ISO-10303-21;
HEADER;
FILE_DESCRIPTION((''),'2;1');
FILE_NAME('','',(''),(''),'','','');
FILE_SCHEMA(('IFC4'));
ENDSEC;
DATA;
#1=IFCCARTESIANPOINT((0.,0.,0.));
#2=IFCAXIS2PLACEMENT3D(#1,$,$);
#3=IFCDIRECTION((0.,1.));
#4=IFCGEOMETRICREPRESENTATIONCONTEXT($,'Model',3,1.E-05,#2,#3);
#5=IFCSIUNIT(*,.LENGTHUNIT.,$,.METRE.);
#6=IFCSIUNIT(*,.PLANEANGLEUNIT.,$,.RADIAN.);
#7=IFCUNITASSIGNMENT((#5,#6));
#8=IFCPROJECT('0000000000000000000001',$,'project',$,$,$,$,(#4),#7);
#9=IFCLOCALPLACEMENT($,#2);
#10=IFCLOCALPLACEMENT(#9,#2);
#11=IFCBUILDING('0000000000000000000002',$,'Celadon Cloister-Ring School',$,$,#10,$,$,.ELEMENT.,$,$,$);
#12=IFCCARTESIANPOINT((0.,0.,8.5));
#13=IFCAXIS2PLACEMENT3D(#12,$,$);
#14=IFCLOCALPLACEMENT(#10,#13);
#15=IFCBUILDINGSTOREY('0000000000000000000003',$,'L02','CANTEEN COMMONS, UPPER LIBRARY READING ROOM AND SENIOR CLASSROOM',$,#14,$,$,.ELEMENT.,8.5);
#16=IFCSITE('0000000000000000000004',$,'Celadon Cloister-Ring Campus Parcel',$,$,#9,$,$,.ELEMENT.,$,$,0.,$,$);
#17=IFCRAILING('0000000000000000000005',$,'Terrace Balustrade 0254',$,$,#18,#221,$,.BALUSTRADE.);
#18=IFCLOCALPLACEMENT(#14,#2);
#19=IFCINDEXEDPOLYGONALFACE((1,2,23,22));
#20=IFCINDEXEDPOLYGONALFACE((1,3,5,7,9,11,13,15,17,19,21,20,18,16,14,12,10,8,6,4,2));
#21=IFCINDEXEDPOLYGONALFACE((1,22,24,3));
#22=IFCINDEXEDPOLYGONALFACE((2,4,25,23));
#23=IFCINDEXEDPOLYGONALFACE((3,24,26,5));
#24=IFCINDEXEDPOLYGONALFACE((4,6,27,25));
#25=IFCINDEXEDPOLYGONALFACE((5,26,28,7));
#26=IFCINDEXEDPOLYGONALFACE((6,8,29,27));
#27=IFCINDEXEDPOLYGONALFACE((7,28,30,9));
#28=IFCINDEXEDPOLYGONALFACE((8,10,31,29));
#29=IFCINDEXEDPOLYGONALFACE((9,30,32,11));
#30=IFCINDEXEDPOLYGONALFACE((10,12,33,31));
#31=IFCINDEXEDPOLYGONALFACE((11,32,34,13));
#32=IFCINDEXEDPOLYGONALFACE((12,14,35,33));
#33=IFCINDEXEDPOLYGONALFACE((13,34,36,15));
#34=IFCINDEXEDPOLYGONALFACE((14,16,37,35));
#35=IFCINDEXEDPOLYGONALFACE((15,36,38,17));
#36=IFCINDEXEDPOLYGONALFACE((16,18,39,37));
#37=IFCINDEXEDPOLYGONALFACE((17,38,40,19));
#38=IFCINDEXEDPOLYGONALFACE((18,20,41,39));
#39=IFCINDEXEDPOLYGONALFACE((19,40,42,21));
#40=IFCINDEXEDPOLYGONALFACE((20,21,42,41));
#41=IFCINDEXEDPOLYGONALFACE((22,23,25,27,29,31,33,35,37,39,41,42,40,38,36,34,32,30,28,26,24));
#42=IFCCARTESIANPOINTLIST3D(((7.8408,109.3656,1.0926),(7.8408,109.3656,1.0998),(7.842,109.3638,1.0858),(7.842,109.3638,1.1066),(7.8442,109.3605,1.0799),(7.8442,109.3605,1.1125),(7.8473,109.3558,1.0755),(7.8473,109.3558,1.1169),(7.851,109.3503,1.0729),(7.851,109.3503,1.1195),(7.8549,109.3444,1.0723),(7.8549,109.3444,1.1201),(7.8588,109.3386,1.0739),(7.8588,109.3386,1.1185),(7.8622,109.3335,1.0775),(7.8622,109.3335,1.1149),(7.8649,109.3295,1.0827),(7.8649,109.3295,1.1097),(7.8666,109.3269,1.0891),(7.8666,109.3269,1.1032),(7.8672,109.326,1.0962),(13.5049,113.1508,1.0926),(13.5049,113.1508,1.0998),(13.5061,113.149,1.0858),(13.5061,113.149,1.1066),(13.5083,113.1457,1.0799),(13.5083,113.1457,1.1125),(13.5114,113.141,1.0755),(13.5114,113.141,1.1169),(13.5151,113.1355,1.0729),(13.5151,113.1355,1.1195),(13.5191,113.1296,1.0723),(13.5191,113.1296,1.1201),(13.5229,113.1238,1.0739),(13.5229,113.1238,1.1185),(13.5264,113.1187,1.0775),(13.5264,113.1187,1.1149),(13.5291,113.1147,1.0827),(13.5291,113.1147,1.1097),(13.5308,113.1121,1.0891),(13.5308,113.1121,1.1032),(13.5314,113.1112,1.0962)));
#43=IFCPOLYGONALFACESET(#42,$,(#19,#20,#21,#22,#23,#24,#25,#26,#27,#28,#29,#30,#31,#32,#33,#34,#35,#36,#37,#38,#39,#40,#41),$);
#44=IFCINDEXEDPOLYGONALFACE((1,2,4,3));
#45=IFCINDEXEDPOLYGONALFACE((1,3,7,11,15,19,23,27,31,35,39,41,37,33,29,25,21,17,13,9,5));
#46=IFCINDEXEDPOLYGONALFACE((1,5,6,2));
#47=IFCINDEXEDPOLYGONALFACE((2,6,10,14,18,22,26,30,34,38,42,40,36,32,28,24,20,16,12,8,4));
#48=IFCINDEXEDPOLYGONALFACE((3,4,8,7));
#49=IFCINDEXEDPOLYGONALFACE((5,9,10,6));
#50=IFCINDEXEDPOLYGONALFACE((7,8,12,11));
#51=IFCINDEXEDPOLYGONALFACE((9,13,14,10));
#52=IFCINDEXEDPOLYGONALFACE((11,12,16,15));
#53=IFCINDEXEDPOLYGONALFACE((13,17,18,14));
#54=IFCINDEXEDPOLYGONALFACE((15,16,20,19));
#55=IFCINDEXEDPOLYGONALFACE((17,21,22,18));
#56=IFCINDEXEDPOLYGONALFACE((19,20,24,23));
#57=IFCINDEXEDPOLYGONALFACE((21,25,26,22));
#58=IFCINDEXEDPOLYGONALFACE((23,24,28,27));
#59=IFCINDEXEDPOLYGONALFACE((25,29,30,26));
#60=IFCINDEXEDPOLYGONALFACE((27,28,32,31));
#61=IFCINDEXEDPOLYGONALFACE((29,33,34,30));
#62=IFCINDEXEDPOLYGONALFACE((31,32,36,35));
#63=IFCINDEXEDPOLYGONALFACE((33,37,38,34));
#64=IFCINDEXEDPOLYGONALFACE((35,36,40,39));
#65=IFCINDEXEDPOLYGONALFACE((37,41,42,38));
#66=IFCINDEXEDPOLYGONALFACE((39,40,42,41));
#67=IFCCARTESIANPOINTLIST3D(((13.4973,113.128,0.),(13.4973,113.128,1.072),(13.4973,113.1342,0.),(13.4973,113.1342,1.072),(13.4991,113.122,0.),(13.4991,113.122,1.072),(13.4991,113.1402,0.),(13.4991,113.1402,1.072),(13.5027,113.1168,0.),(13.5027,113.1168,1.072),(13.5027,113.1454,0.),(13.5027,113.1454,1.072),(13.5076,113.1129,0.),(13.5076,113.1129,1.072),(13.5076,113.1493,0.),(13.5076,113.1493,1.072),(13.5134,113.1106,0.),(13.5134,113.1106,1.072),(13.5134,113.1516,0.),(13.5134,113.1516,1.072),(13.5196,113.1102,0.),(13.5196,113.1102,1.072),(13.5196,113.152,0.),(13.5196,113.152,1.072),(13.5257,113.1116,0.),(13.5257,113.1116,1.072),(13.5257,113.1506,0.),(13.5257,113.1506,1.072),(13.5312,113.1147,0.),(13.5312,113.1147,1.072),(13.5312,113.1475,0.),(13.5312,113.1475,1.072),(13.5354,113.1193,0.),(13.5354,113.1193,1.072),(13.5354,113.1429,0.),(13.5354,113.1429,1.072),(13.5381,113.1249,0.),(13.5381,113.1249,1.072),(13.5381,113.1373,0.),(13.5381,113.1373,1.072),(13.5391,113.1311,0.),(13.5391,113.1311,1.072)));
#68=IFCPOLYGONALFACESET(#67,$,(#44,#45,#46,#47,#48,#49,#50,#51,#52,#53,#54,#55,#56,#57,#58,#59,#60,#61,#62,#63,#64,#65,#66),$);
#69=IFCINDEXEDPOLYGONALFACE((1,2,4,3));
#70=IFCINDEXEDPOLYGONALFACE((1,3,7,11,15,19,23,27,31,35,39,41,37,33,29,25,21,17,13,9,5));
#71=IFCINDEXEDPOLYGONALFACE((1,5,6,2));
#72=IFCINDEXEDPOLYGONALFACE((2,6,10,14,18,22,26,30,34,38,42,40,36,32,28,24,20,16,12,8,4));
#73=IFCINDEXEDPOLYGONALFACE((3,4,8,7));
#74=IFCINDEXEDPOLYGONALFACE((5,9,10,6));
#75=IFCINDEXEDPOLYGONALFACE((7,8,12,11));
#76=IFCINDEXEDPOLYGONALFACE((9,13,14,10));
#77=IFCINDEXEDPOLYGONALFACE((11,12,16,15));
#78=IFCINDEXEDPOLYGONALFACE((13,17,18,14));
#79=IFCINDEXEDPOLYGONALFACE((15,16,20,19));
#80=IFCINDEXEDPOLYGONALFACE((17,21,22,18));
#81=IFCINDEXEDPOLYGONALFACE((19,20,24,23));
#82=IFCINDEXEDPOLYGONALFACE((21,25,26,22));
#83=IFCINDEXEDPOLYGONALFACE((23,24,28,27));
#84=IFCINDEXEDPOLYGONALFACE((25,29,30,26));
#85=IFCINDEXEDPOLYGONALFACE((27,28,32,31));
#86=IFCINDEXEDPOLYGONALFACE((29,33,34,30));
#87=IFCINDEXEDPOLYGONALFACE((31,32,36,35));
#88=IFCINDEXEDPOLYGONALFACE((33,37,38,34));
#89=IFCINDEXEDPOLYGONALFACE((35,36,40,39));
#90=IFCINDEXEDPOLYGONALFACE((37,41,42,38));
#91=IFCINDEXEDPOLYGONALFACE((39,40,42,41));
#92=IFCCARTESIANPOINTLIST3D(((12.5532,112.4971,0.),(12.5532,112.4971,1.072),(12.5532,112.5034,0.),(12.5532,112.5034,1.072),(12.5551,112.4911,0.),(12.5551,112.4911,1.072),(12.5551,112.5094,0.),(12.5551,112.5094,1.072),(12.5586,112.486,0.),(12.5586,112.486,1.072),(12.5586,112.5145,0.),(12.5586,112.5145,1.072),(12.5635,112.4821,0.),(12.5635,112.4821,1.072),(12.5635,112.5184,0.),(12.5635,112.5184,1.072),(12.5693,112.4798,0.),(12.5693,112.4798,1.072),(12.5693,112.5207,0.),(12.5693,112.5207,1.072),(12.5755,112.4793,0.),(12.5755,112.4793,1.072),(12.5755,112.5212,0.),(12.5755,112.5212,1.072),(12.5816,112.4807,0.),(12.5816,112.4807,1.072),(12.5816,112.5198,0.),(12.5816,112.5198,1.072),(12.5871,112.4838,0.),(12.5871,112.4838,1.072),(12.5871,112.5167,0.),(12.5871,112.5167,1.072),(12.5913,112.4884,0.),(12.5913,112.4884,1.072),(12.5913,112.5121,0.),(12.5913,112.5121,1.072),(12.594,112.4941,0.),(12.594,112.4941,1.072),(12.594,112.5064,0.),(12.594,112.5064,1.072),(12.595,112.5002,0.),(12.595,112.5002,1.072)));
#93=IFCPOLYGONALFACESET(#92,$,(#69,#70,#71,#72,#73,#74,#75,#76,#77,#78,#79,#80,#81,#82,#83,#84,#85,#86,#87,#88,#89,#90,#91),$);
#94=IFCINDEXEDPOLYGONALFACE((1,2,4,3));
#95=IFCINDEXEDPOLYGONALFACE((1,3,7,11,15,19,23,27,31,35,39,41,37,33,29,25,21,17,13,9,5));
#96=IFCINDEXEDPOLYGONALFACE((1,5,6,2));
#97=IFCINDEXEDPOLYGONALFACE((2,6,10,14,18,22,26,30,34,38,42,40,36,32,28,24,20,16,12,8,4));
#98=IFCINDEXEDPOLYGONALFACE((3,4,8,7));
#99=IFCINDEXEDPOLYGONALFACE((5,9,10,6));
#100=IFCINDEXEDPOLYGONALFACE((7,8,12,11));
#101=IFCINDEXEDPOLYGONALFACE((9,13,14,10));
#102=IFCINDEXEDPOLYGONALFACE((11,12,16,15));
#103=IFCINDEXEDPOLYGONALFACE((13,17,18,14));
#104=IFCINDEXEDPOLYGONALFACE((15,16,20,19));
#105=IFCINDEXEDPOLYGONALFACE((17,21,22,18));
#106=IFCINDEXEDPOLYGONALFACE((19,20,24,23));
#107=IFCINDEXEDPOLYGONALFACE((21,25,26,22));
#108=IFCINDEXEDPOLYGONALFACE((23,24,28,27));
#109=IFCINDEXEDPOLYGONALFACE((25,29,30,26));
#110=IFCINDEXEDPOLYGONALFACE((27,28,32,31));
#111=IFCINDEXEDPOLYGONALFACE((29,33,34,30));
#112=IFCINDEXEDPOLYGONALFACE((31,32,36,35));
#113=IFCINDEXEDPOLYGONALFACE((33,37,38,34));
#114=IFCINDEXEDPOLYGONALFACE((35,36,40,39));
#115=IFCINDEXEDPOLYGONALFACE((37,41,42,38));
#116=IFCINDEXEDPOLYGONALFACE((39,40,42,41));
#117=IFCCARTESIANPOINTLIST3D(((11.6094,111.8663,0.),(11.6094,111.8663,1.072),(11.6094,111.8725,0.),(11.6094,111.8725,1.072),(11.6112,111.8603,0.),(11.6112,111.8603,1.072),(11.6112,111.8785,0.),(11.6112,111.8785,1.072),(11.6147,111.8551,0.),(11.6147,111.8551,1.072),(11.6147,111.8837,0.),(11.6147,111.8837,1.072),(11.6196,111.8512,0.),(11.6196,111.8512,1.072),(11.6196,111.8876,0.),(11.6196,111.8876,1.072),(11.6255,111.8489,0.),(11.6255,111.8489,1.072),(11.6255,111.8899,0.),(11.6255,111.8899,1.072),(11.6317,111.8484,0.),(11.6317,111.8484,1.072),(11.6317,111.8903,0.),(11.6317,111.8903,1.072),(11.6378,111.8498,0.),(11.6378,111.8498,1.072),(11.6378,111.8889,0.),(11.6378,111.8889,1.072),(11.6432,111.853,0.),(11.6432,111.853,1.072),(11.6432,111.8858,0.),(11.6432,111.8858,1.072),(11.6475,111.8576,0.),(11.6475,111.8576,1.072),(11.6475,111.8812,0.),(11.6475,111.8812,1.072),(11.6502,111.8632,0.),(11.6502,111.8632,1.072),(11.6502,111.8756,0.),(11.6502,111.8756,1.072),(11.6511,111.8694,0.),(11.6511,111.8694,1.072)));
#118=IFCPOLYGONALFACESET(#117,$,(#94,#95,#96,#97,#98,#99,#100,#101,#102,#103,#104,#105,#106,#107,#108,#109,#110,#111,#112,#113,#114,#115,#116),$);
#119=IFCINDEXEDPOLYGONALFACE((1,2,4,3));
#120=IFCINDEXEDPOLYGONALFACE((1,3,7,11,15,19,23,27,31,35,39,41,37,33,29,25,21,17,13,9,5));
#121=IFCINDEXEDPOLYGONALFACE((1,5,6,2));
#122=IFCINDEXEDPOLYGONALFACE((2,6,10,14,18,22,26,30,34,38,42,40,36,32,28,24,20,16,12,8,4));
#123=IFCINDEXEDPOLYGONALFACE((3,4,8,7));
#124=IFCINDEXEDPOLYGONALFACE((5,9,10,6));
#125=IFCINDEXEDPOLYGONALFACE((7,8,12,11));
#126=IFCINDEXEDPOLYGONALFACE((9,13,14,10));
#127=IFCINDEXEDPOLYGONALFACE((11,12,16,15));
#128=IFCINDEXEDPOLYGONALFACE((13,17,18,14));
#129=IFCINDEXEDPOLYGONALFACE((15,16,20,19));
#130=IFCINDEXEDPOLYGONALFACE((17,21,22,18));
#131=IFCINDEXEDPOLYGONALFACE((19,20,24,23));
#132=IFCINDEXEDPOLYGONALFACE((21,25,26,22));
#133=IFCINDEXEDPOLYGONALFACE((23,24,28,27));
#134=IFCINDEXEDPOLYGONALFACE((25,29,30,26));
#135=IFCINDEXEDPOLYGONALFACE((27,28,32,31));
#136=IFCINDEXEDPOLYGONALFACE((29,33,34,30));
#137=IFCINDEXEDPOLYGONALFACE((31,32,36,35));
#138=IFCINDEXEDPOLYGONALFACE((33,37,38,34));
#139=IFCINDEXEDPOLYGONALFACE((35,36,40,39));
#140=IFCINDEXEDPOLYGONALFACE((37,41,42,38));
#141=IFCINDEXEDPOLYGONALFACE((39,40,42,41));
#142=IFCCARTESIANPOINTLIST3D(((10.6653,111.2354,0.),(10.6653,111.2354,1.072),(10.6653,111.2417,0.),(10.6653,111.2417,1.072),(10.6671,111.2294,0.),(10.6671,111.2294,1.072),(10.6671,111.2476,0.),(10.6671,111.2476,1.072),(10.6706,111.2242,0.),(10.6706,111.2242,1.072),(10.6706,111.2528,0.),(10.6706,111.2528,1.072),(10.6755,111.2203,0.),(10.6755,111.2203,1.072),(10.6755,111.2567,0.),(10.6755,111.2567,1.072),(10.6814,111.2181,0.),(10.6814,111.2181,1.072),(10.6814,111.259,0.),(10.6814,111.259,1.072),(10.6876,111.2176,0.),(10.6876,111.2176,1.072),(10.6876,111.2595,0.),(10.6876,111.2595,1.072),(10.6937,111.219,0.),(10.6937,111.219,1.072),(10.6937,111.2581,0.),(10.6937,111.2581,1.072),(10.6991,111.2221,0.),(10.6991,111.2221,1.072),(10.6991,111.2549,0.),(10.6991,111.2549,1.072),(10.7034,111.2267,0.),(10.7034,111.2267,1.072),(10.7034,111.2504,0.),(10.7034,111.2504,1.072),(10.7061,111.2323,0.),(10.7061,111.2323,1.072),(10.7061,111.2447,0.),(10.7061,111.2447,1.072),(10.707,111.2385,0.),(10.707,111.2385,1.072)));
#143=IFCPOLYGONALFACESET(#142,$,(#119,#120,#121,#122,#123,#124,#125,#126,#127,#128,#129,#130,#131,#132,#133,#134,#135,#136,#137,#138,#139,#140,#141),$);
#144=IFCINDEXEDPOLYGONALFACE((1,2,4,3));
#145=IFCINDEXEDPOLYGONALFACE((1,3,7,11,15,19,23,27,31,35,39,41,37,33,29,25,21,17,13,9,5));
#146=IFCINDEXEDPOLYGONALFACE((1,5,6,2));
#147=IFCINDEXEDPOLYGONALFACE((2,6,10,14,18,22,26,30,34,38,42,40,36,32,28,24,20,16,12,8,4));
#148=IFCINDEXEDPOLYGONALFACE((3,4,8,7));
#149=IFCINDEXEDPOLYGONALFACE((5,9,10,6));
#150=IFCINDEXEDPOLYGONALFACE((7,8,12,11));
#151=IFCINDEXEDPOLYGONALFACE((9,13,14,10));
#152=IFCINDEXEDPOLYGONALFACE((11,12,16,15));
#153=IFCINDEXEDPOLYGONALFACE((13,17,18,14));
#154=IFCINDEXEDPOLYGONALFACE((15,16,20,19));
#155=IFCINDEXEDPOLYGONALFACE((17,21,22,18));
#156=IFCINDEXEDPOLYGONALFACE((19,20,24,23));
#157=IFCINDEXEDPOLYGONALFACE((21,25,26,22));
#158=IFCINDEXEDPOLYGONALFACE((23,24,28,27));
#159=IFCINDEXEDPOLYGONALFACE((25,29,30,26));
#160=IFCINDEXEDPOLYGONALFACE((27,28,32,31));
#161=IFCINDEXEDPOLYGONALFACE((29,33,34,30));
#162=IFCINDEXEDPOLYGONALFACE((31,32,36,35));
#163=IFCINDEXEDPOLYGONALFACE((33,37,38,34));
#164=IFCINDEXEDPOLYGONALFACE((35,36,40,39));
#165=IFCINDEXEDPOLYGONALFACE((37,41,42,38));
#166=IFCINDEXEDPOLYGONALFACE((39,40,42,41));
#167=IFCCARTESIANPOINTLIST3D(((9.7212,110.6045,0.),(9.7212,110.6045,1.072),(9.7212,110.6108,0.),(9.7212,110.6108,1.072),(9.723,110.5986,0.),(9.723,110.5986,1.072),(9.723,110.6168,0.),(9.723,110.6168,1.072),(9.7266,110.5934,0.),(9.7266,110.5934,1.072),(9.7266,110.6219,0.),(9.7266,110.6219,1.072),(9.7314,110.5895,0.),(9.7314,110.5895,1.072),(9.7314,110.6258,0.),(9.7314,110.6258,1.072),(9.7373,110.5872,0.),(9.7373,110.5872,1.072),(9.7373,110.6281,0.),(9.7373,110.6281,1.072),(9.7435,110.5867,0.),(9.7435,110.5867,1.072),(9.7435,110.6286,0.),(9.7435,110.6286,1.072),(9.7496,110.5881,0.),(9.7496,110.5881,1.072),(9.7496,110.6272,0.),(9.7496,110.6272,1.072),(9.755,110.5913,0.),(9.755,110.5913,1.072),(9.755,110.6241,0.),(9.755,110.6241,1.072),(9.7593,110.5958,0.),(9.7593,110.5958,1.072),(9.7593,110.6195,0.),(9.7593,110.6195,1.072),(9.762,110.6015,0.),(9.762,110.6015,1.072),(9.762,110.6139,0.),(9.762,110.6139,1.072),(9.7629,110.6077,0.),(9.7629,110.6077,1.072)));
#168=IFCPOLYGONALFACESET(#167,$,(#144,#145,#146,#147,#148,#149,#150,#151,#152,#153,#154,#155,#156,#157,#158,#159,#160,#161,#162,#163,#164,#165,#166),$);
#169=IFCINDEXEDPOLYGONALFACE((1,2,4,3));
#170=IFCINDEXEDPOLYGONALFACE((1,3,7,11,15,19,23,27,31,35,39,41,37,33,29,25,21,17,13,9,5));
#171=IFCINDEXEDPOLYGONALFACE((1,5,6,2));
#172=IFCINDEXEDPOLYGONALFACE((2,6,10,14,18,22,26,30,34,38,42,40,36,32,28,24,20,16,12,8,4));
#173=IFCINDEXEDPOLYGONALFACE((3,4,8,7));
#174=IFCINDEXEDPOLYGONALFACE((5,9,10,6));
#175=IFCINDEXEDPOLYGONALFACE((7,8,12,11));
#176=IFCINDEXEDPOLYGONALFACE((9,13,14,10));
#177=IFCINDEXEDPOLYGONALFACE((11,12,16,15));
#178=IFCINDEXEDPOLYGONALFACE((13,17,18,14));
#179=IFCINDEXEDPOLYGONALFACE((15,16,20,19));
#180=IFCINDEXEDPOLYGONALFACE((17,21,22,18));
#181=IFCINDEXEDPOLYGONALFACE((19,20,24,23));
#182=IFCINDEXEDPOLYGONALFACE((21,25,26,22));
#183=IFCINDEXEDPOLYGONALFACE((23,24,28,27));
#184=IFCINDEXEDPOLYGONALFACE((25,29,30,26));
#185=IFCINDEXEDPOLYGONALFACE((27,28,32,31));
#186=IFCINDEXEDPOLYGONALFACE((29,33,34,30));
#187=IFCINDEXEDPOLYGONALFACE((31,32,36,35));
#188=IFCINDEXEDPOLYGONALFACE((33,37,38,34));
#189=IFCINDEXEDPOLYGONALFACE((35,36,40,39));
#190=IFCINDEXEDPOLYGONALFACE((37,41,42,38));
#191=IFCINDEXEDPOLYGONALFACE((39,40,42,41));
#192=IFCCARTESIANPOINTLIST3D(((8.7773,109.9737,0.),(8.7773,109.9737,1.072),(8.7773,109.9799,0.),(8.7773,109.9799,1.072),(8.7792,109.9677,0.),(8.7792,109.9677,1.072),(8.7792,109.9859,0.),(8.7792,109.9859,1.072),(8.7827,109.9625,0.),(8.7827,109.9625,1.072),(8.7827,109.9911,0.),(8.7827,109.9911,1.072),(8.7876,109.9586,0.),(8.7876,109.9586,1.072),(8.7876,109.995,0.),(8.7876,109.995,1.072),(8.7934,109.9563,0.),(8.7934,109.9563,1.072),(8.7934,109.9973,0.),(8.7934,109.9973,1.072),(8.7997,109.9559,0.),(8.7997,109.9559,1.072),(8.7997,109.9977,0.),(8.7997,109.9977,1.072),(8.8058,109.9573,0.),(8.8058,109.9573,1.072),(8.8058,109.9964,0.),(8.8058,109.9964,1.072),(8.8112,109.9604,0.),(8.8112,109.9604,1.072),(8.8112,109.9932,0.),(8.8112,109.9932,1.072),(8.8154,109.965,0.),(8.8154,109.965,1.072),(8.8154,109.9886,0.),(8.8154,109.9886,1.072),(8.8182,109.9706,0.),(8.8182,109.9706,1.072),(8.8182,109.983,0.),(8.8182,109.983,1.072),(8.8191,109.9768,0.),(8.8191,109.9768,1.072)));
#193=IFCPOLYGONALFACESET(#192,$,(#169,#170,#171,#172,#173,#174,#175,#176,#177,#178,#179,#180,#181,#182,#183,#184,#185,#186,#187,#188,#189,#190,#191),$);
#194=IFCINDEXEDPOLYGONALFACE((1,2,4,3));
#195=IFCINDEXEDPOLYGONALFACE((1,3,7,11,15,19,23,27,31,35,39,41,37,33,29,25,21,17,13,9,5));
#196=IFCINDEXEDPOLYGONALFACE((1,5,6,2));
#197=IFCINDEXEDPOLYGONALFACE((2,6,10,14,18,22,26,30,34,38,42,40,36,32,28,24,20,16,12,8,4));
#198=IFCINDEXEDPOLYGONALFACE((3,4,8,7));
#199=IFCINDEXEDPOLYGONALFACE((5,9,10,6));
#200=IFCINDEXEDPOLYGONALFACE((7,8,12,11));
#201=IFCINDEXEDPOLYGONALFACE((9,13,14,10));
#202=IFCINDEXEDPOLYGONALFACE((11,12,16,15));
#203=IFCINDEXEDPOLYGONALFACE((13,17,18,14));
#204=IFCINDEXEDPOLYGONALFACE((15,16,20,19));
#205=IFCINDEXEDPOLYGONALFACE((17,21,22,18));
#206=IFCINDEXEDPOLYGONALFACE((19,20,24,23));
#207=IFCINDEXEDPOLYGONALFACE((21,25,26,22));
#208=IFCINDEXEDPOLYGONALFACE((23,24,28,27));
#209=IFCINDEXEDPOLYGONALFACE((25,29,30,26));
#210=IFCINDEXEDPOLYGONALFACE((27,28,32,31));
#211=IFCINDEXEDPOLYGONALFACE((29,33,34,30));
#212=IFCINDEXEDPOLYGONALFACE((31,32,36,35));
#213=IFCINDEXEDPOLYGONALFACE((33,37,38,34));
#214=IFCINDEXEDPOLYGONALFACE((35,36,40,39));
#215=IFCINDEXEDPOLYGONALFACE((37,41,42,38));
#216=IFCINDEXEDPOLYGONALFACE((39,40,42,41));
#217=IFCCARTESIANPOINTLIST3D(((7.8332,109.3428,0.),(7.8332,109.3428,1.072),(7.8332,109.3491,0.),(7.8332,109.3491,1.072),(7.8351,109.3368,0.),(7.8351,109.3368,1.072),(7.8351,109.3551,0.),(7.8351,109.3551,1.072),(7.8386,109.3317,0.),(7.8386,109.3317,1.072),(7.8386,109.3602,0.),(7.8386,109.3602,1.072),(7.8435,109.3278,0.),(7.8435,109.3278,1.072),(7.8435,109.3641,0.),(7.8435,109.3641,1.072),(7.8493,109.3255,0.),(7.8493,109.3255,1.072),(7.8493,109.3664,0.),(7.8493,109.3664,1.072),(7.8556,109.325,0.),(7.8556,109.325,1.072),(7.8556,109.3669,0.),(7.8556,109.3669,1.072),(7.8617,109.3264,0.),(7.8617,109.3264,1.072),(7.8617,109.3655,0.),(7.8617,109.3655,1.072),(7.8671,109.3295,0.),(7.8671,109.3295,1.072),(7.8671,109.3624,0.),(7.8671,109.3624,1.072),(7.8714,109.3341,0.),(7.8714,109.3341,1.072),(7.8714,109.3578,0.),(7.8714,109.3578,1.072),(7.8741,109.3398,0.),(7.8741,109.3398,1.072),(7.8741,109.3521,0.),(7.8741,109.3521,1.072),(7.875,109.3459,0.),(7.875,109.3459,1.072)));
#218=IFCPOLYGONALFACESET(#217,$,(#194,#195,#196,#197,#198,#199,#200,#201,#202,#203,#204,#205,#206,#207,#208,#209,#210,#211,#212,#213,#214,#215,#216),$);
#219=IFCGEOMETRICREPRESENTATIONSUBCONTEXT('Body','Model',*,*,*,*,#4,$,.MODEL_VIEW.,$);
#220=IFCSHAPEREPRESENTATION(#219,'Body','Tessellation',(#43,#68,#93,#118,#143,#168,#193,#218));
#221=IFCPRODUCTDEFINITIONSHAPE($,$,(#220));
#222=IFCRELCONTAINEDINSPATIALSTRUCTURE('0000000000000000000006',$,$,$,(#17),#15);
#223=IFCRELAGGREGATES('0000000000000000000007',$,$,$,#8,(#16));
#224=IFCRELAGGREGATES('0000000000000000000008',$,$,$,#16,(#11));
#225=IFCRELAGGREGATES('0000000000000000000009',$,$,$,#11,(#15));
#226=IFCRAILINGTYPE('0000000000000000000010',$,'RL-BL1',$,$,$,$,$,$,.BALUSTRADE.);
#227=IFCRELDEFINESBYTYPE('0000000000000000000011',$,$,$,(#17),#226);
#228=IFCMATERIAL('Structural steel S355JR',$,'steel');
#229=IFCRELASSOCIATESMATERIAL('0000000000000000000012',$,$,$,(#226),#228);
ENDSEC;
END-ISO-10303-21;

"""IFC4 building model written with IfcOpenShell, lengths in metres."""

from ifc_helpers import new_model, si_unit, direction, frame, origin, origin_2d, place, context, subcontext, project, spatial, circle, extrude, material, type_object, element, save


model = new_model("IFC4")

# Units and contexts
model_context = context("Model", 3, precision=1e-05, world=origin(), true_north=direction((0.0, 1.0)))
body_context = subcontext(model_context, "Body", "Model", "MODEL_VIEW")
ifc_project = project(units=[si_unit("LENGTHUNIT", "METRE"), si_unit("PLANEANGLEUNIT", "RADIAN")], contexts=[model_context])

# Site, building, storey
site_placement = place(None, origin())
site = spatial("IfcSite", under=ifc_project, at=site_placement, Name="Celadon Cloister-Ring Campus Parcel", CompositionType="ELEMENT", RefElevation=0.0)
building_placement = place(site_placement, origin())
building = spatial("IfcBuilding", under=site, at=building_placement, Name="Celadon Cloister-Ring School", CompositionType="ELEMENT")
storey_placement = place(building_placement, frame((0.0, 0.0, 8.5)))
storey = spatial("IfcBuildingStorey", under=building, at=storey_placement, Name="L02", Description="CANTEEN COMMONS, UPPER LIBRARY READING ROOM AND SENIOR CLASSROOM", CompositionType="ELEMENT", Elevation=8.5)

# Railing
ifc_material_1 = material(Name="Structural steel S355JR", Category="steel")
railing_type = type_object("IfcRailingType", Name="RL-BL1", PredefinedType="BALUSTRADE", material=ifc_material_1)
railing_1_placement = place(storey_placement, frame((13.5181, 113.1311, 0.0)))
element("IfcRailing", 1, at=railing_1_placement, inside=storey, type_object=railing_type, Name="Terrace Balustrade 0254", PredefinedType="BALUSTRADE", context=body_context, shape_type="SweptSolid", body=[
    extrude(circle(Radius=0.0239, at=origin_2d()), frame((0.0, 0.0, 1.0962), z_axis=(-0.831432, -0.555626, 0.0), x_axis=(0.555626, -0.831432, 0.0)), (0.0, 0.0, 1.0), 6.8125),
    extrude(circle(Radius=0.021, at=origin_2d()), origin(), (0.0, 0.0, 1.0), 1.072),
    extrude(circle(Radius=0.021, at=origin_2d()), frame((-0.9441, -0.6309, 0.0)), (0.0, 0.0, 1.0), 1.072),
    extrude(circle(Radius=0.021, at=origin_2d()), frame((-1.8879, -1.2617, 0.0)), (0.0, 0.0, 1.0), 1.072),
    extrude(circle(Radius=0.021, at=origin_2d()), frame((-2.832, -1.8926, 0.0)), (0.0, 0.0, 1.0), 1.072),
    extrude(circle(Radius=0.021, at=origin_2d()), frame((-3.7761, -2.5234, 0.0)), (0.0, 0.0, 1.0), 1.072),
    extrude(circle(Radius=0.021, at=origin_2d()), frame((-4.72, -3.1543, 0.0)), (0.0, 0.0, 1.0), 1.072),
    extrude(circle(Radius=0.021, at=origin_2d()), frame((-5.6641, -3.7852, 0.0)), (0.0, 0.0, 1.0), 1.072),
])

save(model, "model.ifc")
